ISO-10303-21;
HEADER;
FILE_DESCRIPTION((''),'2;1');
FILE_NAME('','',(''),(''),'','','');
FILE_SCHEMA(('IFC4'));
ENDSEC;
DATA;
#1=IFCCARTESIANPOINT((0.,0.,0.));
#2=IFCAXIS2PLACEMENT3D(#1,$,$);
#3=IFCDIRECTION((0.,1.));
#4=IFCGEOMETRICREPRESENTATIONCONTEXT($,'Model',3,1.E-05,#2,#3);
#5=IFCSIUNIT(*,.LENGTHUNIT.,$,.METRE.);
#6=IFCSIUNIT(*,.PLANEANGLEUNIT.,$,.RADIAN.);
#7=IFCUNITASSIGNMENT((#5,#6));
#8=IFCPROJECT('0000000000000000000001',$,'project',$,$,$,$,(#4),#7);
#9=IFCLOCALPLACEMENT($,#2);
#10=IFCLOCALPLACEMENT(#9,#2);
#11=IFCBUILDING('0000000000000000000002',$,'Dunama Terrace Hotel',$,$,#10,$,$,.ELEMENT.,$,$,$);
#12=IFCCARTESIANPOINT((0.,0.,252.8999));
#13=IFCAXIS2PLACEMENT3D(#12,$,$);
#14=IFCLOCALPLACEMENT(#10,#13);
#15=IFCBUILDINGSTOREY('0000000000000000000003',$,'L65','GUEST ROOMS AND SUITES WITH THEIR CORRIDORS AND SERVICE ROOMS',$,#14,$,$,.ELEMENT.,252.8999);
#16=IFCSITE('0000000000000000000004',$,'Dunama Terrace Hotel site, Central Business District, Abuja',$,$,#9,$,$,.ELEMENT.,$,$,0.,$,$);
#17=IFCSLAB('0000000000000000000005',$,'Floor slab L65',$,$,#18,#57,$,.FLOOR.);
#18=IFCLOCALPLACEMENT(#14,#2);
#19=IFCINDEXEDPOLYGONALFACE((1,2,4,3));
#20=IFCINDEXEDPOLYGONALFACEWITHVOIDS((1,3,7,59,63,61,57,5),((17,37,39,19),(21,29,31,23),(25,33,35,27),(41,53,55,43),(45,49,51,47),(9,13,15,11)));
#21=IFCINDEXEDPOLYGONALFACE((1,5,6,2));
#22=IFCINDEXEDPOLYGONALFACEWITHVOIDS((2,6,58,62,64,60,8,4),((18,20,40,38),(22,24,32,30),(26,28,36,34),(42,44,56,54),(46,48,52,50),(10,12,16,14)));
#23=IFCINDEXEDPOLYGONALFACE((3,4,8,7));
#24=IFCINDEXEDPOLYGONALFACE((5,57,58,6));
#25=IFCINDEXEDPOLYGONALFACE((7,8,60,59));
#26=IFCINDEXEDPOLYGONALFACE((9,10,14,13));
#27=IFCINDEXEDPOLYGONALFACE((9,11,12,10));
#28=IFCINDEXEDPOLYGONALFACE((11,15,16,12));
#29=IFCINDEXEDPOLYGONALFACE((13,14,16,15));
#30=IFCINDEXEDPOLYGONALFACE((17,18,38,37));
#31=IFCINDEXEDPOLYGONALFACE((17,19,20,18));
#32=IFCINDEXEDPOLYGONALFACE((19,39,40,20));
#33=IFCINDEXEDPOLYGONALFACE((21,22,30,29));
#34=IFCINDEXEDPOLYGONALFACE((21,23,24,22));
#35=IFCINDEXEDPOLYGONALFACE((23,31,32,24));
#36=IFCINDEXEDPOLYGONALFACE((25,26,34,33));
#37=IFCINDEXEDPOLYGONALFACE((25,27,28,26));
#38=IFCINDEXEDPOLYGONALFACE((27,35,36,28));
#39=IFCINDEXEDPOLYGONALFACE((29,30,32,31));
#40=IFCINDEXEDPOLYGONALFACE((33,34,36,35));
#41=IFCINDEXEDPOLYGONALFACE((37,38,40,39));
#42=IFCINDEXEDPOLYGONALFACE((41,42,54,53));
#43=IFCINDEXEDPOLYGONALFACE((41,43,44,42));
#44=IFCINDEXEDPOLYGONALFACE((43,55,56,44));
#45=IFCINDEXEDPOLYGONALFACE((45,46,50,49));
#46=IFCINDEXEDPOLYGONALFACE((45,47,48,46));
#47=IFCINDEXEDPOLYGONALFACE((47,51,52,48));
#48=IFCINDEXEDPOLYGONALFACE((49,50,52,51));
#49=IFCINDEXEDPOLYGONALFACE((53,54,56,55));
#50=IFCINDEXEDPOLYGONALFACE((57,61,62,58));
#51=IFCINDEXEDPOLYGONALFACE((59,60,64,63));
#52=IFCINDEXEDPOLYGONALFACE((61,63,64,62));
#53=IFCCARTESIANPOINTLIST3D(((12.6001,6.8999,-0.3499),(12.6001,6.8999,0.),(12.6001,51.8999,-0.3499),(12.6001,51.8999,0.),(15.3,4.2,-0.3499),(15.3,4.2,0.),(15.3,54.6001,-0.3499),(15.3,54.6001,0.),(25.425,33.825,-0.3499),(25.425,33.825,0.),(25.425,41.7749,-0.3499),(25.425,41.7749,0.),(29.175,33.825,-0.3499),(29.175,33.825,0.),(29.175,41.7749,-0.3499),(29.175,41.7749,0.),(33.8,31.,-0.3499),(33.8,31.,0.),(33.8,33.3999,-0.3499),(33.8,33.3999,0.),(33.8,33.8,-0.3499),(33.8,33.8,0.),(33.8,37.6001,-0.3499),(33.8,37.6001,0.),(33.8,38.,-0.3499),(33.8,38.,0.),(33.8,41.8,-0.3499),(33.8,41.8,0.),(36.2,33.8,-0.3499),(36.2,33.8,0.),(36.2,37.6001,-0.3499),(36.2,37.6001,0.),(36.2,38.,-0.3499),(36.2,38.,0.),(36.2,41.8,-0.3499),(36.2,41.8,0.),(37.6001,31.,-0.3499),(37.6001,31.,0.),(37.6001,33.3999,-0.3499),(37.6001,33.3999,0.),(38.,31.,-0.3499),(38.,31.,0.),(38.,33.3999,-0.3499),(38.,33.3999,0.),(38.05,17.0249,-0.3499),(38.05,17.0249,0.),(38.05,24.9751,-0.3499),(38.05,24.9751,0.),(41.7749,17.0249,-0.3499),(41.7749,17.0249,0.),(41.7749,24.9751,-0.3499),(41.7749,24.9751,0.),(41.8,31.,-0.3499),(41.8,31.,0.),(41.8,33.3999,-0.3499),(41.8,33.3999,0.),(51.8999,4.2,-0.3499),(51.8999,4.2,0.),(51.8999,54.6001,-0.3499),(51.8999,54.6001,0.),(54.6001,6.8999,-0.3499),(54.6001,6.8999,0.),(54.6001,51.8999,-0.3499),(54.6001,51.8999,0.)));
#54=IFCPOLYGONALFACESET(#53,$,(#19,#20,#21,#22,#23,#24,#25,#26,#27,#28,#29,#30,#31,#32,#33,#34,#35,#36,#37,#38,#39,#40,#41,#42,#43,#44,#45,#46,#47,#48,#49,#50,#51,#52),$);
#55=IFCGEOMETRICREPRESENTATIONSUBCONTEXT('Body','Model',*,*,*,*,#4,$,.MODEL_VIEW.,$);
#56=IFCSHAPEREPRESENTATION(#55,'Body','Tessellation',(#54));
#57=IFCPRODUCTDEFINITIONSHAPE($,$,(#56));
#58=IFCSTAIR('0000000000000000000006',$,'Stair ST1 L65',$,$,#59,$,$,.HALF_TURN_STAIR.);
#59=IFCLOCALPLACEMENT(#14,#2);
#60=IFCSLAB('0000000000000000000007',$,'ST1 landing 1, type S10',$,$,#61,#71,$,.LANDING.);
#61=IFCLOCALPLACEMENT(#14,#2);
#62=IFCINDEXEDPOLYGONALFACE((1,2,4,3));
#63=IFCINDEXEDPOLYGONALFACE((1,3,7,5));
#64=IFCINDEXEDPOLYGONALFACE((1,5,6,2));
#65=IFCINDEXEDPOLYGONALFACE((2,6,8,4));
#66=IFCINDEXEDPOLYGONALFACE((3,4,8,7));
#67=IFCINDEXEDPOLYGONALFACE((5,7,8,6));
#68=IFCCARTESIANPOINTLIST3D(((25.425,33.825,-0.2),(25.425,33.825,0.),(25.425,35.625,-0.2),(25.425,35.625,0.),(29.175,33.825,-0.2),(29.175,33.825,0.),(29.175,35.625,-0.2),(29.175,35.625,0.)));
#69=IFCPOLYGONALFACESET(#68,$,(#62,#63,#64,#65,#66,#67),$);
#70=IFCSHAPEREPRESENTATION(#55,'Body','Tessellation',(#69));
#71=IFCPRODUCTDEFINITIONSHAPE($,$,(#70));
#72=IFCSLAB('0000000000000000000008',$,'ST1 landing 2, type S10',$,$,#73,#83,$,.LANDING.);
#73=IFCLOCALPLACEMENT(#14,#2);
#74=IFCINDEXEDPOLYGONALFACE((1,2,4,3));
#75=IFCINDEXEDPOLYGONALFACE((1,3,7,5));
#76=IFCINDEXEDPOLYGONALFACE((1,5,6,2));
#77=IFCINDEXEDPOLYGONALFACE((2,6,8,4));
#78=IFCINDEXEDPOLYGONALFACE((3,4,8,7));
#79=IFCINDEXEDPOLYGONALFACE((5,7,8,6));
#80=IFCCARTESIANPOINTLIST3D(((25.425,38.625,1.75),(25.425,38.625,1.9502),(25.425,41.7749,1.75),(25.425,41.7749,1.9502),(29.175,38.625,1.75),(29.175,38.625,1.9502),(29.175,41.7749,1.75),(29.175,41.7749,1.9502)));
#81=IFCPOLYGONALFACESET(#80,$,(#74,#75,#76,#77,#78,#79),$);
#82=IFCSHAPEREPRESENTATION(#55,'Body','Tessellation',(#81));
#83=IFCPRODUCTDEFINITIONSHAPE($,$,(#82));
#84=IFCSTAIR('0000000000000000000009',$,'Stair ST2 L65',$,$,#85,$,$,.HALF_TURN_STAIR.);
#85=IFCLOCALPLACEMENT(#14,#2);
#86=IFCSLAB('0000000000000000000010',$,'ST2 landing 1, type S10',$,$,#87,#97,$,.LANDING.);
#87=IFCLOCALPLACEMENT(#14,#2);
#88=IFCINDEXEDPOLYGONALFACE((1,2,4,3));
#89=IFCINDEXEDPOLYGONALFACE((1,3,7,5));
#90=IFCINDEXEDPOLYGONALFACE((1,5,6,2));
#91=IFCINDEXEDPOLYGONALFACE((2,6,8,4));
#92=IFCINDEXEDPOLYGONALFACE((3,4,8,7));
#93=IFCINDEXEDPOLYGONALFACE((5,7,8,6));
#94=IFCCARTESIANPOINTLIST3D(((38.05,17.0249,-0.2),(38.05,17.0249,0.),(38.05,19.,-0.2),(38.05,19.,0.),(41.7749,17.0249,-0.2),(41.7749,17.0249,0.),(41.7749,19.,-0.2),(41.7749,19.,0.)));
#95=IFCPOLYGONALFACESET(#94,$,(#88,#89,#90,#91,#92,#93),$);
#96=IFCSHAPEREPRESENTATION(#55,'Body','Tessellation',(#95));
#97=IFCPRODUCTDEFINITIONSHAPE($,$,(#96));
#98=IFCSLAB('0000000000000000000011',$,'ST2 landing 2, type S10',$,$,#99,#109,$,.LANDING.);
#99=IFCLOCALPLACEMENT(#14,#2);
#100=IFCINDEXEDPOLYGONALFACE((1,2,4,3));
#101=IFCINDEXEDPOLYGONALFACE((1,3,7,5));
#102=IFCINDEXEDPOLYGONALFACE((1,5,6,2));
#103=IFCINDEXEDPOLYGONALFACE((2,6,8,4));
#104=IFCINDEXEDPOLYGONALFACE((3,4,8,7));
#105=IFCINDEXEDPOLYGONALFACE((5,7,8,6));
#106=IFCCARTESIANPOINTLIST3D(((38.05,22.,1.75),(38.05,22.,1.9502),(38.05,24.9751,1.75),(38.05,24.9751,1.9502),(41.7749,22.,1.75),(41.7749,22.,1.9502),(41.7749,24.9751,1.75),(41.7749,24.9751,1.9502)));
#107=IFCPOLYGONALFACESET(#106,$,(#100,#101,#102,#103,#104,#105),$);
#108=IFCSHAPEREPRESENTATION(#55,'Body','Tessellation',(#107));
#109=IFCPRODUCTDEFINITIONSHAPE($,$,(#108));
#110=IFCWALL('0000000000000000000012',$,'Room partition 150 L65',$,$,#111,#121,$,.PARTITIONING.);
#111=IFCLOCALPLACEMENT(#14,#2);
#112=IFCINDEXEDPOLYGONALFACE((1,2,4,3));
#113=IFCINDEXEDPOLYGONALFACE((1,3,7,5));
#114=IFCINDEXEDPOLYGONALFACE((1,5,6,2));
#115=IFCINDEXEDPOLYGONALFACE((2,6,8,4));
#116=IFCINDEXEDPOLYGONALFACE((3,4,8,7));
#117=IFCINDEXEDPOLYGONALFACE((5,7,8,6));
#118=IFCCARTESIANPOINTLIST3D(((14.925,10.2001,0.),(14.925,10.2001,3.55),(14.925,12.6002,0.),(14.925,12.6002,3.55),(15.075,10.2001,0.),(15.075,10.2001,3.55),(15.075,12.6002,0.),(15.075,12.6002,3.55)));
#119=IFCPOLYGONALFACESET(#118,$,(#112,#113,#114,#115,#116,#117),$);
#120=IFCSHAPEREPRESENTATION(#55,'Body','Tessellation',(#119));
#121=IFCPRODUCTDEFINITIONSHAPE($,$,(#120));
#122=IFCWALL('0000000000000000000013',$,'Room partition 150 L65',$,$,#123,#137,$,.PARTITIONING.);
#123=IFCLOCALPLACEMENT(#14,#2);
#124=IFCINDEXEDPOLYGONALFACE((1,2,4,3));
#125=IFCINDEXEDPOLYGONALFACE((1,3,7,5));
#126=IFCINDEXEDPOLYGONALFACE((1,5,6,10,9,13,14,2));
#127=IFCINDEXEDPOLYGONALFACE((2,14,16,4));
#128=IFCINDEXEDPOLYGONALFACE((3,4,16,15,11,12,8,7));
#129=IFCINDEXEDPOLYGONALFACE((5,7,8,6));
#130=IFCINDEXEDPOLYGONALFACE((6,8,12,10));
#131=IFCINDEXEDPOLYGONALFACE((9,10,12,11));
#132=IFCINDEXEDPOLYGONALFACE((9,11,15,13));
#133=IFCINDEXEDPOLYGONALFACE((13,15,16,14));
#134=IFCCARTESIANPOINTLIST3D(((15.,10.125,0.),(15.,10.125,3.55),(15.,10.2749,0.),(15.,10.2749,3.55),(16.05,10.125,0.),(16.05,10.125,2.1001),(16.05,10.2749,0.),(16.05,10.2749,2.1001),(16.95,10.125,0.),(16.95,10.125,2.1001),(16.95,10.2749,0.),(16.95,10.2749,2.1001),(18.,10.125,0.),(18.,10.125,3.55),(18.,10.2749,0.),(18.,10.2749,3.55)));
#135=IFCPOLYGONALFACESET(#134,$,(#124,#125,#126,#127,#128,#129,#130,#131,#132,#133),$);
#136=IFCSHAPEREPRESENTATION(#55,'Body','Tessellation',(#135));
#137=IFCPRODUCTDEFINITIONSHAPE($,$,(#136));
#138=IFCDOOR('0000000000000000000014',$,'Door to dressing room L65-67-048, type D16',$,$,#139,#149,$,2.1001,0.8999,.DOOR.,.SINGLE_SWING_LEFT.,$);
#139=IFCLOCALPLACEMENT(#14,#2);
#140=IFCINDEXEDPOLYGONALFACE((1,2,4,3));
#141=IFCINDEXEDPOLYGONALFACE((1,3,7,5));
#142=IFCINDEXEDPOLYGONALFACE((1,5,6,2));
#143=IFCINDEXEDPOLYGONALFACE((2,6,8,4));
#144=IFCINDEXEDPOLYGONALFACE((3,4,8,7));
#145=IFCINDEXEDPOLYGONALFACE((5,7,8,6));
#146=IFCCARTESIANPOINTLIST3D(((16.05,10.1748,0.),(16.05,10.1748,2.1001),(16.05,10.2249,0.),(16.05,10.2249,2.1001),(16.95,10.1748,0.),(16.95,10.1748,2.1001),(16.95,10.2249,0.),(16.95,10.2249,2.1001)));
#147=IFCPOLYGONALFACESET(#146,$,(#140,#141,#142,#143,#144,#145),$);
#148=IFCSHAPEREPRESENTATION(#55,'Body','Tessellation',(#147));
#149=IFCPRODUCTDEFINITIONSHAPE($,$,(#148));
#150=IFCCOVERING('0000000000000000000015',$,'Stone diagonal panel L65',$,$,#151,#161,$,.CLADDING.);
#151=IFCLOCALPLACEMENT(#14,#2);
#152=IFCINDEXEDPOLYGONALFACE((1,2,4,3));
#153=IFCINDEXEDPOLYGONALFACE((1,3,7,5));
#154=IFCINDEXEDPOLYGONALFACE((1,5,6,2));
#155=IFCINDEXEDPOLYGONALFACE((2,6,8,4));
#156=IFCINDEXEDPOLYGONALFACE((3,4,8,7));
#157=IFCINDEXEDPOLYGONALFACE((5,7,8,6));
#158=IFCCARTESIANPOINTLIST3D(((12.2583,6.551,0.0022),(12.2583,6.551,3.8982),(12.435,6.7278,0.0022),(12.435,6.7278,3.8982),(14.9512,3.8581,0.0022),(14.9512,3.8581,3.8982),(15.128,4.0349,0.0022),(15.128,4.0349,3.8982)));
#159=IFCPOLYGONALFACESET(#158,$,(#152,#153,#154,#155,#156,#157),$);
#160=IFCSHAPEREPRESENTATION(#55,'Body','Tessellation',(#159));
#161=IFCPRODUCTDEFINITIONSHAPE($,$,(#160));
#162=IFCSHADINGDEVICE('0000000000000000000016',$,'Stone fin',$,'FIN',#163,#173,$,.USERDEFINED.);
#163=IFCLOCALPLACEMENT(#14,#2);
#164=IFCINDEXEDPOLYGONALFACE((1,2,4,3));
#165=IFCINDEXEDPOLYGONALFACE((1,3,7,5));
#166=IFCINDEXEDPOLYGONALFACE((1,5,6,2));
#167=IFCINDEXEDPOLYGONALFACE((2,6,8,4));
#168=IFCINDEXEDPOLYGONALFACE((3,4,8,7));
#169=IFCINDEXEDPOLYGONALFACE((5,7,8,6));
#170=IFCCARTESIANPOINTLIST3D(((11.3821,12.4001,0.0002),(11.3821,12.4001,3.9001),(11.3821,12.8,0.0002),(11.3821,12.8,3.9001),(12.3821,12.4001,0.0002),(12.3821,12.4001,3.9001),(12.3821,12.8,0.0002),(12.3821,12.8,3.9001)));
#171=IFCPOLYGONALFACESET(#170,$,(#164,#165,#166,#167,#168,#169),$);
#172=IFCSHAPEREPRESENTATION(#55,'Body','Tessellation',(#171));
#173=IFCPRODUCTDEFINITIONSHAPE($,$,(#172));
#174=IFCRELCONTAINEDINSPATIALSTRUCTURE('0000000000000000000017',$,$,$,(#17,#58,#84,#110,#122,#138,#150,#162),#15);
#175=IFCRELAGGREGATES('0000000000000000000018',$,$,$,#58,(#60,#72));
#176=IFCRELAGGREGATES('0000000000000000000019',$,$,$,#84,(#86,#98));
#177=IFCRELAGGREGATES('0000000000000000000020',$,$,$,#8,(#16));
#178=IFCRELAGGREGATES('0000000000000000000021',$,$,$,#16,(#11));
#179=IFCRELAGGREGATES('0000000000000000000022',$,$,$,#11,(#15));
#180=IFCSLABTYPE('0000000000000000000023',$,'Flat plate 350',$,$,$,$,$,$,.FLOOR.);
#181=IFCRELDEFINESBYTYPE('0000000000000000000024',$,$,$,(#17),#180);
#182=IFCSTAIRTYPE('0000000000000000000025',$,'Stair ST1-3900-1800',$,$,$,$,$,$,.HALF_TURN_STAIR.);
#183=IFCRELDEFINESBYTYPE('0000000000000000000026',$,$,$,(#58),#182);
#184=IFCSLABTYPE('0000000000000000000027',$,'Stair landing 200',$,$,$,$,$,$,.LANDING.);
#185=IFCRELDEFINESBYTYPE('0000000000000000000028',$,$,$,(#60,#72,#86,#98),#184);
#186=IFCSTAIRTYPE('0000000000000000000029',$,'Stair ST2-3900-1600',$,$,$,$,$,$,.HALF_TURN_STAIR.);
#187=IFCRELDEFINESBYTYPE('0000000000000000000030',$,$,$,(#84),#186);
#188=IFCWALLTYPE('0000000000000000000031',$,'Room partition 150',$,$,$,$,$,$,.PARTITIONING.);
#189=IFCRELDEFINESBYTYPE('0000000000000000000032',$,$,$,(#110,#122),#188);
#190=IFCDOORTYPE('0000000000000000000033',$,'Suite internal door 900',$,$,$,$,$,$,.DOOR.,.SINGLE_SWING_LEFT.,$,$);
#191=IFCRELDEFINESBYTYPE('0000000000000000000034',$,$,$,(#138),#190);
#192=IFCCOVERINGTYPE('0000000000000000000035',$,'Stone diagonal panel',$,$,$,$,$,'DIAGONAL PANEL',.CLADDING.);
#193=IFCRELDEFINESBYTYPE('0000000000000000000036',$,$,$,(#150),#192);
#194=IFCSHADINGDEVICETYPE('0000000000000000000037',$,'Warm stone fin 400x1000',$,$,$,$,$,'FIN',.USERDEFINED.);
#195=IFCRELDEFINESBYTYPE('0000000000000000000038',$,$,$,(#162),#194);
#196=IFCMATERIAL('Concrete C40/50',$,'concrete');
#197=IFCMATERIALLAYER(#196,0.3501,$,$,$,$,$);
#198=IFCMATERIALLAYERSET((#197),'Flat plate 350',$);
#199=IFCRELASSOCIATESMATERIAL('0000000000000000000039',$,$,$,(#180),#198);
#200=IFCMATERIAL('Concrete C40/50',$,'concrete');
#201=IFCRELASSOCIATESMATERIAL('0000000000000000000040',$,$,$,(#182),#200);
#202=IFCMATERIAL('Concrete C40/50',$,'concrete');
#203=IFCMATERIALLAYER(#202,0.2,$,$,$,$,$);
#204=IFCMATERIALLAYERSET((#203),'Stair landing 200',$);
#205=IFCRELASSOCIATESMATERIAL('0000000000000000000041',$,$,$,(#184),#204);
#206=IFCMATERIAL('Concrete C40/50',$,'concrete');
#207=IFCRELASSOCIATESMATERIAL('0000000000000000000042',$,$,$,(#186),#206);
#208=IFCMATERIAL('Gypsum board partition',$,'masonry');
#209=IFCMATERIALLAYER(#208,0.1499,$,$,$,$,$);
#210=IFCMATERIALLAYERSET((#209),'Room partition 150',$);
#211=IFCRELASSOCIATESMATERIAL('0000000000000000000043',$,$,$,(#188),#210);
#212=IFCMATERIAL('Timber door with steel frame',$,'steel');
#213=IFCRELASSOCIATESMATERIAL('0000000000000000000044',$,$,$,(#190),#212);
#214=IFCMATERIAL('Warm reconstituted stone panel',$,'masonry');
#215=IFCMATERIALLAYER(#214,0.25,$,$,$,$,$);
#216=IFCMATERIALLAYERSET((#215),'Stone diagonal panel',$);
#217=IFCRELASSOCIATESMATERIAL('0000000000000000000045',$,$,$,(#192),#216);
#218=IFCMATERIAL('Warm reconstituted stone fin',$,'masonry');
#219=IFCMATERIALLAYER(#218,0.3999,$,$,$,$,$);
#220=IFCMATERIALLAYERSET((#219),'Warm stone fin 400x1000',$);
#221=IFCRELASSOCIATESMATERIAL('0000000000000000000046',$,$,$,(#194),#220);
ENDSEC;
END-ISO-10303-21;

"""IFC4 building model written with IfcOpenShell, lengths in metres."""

from ifc_helpers import new_model, si_unit, direction, frame, frame_2d, origin, origin_2d, place, context, subcontext, project, spatial, polyline, rectangle, outline, extrude, material, layer, layer_set, type_object, element, fill, aggregate, save


model = new_model("IFC4")

# Units and contexts
model_context = context("Model", 3, precision=1e-05, world=origin(), true_north=direction((0.0, 1.0)))
body_context = subcontext(model_context, "Body", "Model", "MODEL_VIEW")
ifc_project = project(units=[si_unit("LENGTHUNIT", "METRE"), si_unit("PLANEANGLEUNIT", "RADIAN")], contexts=[model_context])

# Site, building, storey
site_placement = place(None, origin())
site = spatial("IfcSite", under=ifc_project, at=site_placement, Name="Dunama Terrace Hotel site, Central Business District, Abuja", CompositionType="ELEMENT", RefElevation=0.0)
building_placement = place(site_placement, origin())
building = spatial("IfcBuilding", under=site, at=building_placement, Name="Dunama Terrace Hotel", CompositionType="ELEMENT")
storey_placement = place(building_placement, frame((0.0, 0.0, 252.8999)))
storey = spatial("IfcBuildingStorey", under=building, at=storey_placement, Name="L65", Description="GUEST ROOMS AND SUITES WITH THEIR CORRIDORS AND SERVICE ROOMS", CompositionType="ELEMENT", Elevation=252.8999)

# Slab
ifc_material_1 = material(Name="Concrete C40/50", Category="concrete")
ifc_layer_1 = layer(ifc_material_1, 0.3501)
ifc_layer_set_1 = layer_set([ifc_layer_1], Name="Flat plate 350")
slab_type_1 = type_object("IfcSlabType", Name="Flat plate 350", PredefinedType="FLOOR", material=ifc_layer_set_1)
slab_1_placement = place(storey_placement, frame((0.0, 0.0, -0.3499)))
element("IfcSlab", 1, at=slab_1_placement, inside=storey, type_object=slab_type_1, Name="Floor slab L65", PredefinedType="FLOOR", context=body_context, shape_type="SweptSolid", body=[
    extrude(outline(polyline([(15.3, 4.2), (51.8999, 4.2), (54.6001, 6.8999), (54.6001, 51.8999), (51.8999, 54.6001), (15.3, 54.6001), (12.6001, 51.8999), (12.6001, 6.8999), (15.3, 4.2)]), holes=[polyline([(37.6001, 31.0), (37.6001, 33.3999), (33.8, 33.3999), (33.8, 31.0), (37.6001, 31.0)]), polyline([(41.8, 31.0), (41.8, 33.3999), (38.0, 33.3999), (38.0, 31.0), (41.8, 31.0)]), polyline([(36.2, 38.0), (36.2, 41.8), (33.8, 41.8), (33.8, 38.0), (36.2, 38.0)]), polyline([(36.2, 33.8), (36.2, 37.6001), (33.8, 37.6001), (33.8, 33.8), (36.2, 33.8)]), polyline([(29.175, 33.825), (29.175, 41.7749), (25.425, 41.7749), (25.425, 33.825), (29.175, 33.825)]), polyline([(41.7749, 17.0249), (41.7749, 24.9751), (38.05, 24.9751), (38.05, 17.0249), (41.7749, 17.0249)])]), origin(), (0.0, 0.0, 1.0), 0.3499),
])

# Stairs, slabs
ifc_material_2 = material(Name="Concrete C40/50", Category="concrete")
stair_type_1 = type_object("IfcStairType", Name="Stair ST1-3900-1800", PredefinedType="HALF_TURN_STAIR", material=ifc_material_2)
stair_1_placement = place(storey_placement, origin())
stair_1 = element("IfcStair", 2, at=stair_1_placement, inside=storey, type_object=stair_type_1, Name="Stair ST1 L65", PredefinedType="HALF_TURN_STAIR")
ifc_material_3 = material(Name="Concrete C40/50", Category="concrete")
ifc_layer_2 = layer(ifc_material_3, 0.2)
ifc_layer_set_2 = layer_set([ifc_layer_2], Name="Stair landing 200")
slab_type_2 = type_object("IfcSlabType", Name="Stair landing 200", PredefinedType="LANDING", material=ifc_layer_set_2)
slab_2_placement = place(storey_placement, frame((0.0, 0.0, -0.2)))
slab_2 = element("IfcSlab", 3, at=slab_2_placement, type_object=slab_type_2, Name="ST1 landing 1, type S10", PredefinedType="LANDING", context=body_context, shape_type="SweptSolid", body=[
    extrude(outline(polyline([(25.425, 33.825), (29.175, 33.825), (29.175, 35.625), (25.425, 35.625), (25.425, 33.825)])), origin(), (0.0, 0.0, 1.0), 0.2),
])
slab_3_placement = place(storey_placement, frame((0.0, 0.0, 1.75)))
slab_3 = element("IfcSlab", 4, at=slab_3_placement, type_object=slab_type_2, Name="ST1 landing 2, type S10", PredefinedType="LANDING", context=body_context, shape_type="SweptSolid", body=[
    extrude(outline(polyline([(25.425, 38.625), (29.175, 38.625), (29.175, 41.7749), (25.425, 41.7749), (25.425, 38.625)])), origin(), (0.0, 0.0, 1.0), 0.2002),
])
aggregate(stair_1, [slab_2, slab_3])
ifc_material_4 = material(Name="Concrete C40/50", Category="concrete")
stair_type_2 = type_object("IfcStairType", Name="Stair ST2-3900-1600", PredefinedType="HALF_TURN_STAIR", material=ifc_material_4)
stair_2_placement = place(storey_placement, origin())
stair_2 = element("IfcStair", 5, at=stair_2_placement, inside=storey, type_object=stair_type_2, Name="Stair ST2 L65", PredefinedType="HALF_TURN_STAIR")
slab_4_placement = place(storey_placement, frame((0.0, 0.0, -0.2)))
slab_4 = element("IfcSlab", 6, at=slab_4_placement, type_object=slab_type_2, Name="ST2 landing 1, type S10", PredefinedType="LANDING", context=body_context, shape_type="SweptSolid", body=[
    extrude(outline(polyline([(38.05, 17.0249), (41.7749, 17.0249), (41.7749, 19.0), (38.05, 19.0), (38.05, 17.0249)])), origin(), (0.0, 0.0, 1.0), 0.2),
])
slab_5_placement = place(storey_placement, frame((0.0, 0.0, 1.75)))
slab_5 = element("IfcSlab", 7, at=slab_5_placement, type_object=slab_type_2, Name="ST2 landing 2, type S10", PredefinedType="LANDING", context=body_context, shape_type="SweptSolid", body=[
    extrude(outline(polyline([(38.05, 22.0), (41.7749, 22.0), (41.7749, 24.9751), (38.05, 24.9751), (38.05, 22.0)])), origin(), (0.0, 0.0, 1.0), 0.2002),
])
aggregate(stair_2, [slab_4, slab_5])

# Wall
ifc_material_5 = material(Name="Gypsum board partition", Category="masonry")
ifc_layer_3 = layer(ifc_material_5, 0.1499)
ifc_layer_set_3 = layer_set([ifc_layer_3], Name="Room partition 150")
wall_type = type_object("IfcWallType", Name="Room partition 150", PredefinedType="PARTITIONING", material=ifc_layer_set_3)
wall_1_placement = place(storey_placement, frame((15.0, 10.2, 0.0), z_axis=(0.0, 0.0, 1.0), x_axis=(0.0, 1.0, 0.0)))
element("IfcWall", 8, at=wall_1_placement, inside=storey, type_object=wall_type, Name="Room partition 150 L65", PredefinedType="PARTITIONING", context=body_context, shape_type="SweptSolid", body=[
    extrude(rectangle(XDim=2.4001, YDim=0.1499, at=frame_2d((1.2002, 0.0))), origin(), (0.0, 0.0, 1.0), 3.55),
])

# Wall, opening, door
wall_2_placement = place(storey_placement, frame((15.0, 10.2, 0.0), z_axis=(0.0, 0.0, 1.0), x_axis=(1.0, 0.0, 0.0)))
wall_2 = element("IfcWall", 9, at=wall_2_placement, inside=storey, type_object=wall_type, Name="Room partition 150 L65", PredefinedType="PARTITIONING", context=body_context, shape_type="SweptSolid", body=[
    extrude(rectangle(XDim=3.0, YDim=0.1499, at=frame_2d((1.5, 0.0))), origin(), (0.0, 0.0, 1.0), 3.55),
])
opening_placement = place(wall_2_placement, frame((1.05, 0.0, 0.0)))
opening = element("IfcOpeningElement", 10, at=opening_placement, cuts=wall_2, PredefinedType="OPENING", context=body_context, shape_type="SweptSolid", body=[
    extrude(rectangle(XDim=0.8999, YDim=2.1001, at=frame_2d((0.45, 1.05))), frame((0.0, 0.085, 0.0), z_axis=(0.0, -1.0, 0.0), x_axis=(1.0, 0.0, 0.0)), (0.0, 0.0, 1.0), 0.1699),
])
ifc_material_6 = material(Name="Timber door with steel frame", Category="steel")
door_type = type_object("IfcDoorType", Name="Suite internal door 900", OperationType="SINGLE_SWING_LEFT", PredefinedType="DOOR", material=ifc_material_6)
door_placement = place(opening_placement, origin())
door = element("IfcDoor", 11, at=door_placement, inside=storey, type_object=door_type, Name="Door to dressing room L65-67-048, type D16", OperationType="SINGLE_SWING_LEFT", OverallHeight=2.1001, OverallWidth=0.8999, PredefinedType="DOOR", context=body_context, shape_type="SweptSolid", body=[
    extrude(rectangle(XDim=0.8999, YDim=2.1001, at=frame_2d((0.45, 1.05))), frame((0.0, 0.0249, 0.0), z_axis=(0.0, -1.0, 0.0), x_axis=(1.0, 0.0, 0.0)), (0.0, 0.0, 1.0), 0.05),
])
fill(opening, door)

# Covering
ifc_material_7 = material(Name="Warm reconstituted stone panel", Category="masonry")
ifc_layer_4 = layer(ifc_material_7, 0.25)
ifc_layer_set_4 = layer_set([ifc_layer_4], Name="Stone diagonal panel")
covering_type = type_object("IfcCoveringType", Name="Stone diagonal panel", ElementType="DIAGONAL PANEL", PredefinedType="CLADDING", material=ifc_layer_set_4)
covering_placement = place(storey_placement, frame((13.6931, 5.293, 0.0022), z_axis=(0.0, 0.0, 1.0), x_axis=(0.707107, -0.707107, 0.0)))
element("IfcCovering", 12, at=covering_placement, inside=storey, type_object=covering_type, Name="Stone diagonal panel L65", PredefinedType="CLADDING", context=body_context, shape_type="SweptSolid", body=[
    extrude(rectangle(XDim=3.8083, YDim=0.25, at=origin_2d()), origin(), (0.0, 0.0, 1.0), 3.896),
])

# Shading device
ifc_material_8 = material(Name="Warm reconstituted stone fin", Category="masonry")
ifc_layer_5 = layer(ifc_material_8, 0.3999)
ifc_layer_set_5 = layer_set([ifc_layer_5], Name="Warm stone fin 400x1000")
shading_device_type = type_object("IfcShadingDeviceType", Name="Warm stone fin 400x1000", ElementType="FIN", PredefinedType="USERDEFINED", material=ifc_layer_set_5)
shading_device_placement = place(storey_placement, frame((11.8821, 12.6001, 0.0002), z_axis=(0.0, 0.0, 1.0), x_axis=(0.0, -1.0, 0.0)))
element("IfcShadingDevice", 13, at=shading_device_placement, inside=storey, type_object=shading_device_type, Name="Stone fin", ObjectType="FIN", PredefinedType="USERDEFINED", context=body_context, shape_type="SweptSolid", body=[
    extrude(rectangle(XDim=0.3999, YDim=1.0, at=origin_2d()), origin(), (0.0, 0.0, 1.0), 3.8999),
])

save(model, "model.ifc")
